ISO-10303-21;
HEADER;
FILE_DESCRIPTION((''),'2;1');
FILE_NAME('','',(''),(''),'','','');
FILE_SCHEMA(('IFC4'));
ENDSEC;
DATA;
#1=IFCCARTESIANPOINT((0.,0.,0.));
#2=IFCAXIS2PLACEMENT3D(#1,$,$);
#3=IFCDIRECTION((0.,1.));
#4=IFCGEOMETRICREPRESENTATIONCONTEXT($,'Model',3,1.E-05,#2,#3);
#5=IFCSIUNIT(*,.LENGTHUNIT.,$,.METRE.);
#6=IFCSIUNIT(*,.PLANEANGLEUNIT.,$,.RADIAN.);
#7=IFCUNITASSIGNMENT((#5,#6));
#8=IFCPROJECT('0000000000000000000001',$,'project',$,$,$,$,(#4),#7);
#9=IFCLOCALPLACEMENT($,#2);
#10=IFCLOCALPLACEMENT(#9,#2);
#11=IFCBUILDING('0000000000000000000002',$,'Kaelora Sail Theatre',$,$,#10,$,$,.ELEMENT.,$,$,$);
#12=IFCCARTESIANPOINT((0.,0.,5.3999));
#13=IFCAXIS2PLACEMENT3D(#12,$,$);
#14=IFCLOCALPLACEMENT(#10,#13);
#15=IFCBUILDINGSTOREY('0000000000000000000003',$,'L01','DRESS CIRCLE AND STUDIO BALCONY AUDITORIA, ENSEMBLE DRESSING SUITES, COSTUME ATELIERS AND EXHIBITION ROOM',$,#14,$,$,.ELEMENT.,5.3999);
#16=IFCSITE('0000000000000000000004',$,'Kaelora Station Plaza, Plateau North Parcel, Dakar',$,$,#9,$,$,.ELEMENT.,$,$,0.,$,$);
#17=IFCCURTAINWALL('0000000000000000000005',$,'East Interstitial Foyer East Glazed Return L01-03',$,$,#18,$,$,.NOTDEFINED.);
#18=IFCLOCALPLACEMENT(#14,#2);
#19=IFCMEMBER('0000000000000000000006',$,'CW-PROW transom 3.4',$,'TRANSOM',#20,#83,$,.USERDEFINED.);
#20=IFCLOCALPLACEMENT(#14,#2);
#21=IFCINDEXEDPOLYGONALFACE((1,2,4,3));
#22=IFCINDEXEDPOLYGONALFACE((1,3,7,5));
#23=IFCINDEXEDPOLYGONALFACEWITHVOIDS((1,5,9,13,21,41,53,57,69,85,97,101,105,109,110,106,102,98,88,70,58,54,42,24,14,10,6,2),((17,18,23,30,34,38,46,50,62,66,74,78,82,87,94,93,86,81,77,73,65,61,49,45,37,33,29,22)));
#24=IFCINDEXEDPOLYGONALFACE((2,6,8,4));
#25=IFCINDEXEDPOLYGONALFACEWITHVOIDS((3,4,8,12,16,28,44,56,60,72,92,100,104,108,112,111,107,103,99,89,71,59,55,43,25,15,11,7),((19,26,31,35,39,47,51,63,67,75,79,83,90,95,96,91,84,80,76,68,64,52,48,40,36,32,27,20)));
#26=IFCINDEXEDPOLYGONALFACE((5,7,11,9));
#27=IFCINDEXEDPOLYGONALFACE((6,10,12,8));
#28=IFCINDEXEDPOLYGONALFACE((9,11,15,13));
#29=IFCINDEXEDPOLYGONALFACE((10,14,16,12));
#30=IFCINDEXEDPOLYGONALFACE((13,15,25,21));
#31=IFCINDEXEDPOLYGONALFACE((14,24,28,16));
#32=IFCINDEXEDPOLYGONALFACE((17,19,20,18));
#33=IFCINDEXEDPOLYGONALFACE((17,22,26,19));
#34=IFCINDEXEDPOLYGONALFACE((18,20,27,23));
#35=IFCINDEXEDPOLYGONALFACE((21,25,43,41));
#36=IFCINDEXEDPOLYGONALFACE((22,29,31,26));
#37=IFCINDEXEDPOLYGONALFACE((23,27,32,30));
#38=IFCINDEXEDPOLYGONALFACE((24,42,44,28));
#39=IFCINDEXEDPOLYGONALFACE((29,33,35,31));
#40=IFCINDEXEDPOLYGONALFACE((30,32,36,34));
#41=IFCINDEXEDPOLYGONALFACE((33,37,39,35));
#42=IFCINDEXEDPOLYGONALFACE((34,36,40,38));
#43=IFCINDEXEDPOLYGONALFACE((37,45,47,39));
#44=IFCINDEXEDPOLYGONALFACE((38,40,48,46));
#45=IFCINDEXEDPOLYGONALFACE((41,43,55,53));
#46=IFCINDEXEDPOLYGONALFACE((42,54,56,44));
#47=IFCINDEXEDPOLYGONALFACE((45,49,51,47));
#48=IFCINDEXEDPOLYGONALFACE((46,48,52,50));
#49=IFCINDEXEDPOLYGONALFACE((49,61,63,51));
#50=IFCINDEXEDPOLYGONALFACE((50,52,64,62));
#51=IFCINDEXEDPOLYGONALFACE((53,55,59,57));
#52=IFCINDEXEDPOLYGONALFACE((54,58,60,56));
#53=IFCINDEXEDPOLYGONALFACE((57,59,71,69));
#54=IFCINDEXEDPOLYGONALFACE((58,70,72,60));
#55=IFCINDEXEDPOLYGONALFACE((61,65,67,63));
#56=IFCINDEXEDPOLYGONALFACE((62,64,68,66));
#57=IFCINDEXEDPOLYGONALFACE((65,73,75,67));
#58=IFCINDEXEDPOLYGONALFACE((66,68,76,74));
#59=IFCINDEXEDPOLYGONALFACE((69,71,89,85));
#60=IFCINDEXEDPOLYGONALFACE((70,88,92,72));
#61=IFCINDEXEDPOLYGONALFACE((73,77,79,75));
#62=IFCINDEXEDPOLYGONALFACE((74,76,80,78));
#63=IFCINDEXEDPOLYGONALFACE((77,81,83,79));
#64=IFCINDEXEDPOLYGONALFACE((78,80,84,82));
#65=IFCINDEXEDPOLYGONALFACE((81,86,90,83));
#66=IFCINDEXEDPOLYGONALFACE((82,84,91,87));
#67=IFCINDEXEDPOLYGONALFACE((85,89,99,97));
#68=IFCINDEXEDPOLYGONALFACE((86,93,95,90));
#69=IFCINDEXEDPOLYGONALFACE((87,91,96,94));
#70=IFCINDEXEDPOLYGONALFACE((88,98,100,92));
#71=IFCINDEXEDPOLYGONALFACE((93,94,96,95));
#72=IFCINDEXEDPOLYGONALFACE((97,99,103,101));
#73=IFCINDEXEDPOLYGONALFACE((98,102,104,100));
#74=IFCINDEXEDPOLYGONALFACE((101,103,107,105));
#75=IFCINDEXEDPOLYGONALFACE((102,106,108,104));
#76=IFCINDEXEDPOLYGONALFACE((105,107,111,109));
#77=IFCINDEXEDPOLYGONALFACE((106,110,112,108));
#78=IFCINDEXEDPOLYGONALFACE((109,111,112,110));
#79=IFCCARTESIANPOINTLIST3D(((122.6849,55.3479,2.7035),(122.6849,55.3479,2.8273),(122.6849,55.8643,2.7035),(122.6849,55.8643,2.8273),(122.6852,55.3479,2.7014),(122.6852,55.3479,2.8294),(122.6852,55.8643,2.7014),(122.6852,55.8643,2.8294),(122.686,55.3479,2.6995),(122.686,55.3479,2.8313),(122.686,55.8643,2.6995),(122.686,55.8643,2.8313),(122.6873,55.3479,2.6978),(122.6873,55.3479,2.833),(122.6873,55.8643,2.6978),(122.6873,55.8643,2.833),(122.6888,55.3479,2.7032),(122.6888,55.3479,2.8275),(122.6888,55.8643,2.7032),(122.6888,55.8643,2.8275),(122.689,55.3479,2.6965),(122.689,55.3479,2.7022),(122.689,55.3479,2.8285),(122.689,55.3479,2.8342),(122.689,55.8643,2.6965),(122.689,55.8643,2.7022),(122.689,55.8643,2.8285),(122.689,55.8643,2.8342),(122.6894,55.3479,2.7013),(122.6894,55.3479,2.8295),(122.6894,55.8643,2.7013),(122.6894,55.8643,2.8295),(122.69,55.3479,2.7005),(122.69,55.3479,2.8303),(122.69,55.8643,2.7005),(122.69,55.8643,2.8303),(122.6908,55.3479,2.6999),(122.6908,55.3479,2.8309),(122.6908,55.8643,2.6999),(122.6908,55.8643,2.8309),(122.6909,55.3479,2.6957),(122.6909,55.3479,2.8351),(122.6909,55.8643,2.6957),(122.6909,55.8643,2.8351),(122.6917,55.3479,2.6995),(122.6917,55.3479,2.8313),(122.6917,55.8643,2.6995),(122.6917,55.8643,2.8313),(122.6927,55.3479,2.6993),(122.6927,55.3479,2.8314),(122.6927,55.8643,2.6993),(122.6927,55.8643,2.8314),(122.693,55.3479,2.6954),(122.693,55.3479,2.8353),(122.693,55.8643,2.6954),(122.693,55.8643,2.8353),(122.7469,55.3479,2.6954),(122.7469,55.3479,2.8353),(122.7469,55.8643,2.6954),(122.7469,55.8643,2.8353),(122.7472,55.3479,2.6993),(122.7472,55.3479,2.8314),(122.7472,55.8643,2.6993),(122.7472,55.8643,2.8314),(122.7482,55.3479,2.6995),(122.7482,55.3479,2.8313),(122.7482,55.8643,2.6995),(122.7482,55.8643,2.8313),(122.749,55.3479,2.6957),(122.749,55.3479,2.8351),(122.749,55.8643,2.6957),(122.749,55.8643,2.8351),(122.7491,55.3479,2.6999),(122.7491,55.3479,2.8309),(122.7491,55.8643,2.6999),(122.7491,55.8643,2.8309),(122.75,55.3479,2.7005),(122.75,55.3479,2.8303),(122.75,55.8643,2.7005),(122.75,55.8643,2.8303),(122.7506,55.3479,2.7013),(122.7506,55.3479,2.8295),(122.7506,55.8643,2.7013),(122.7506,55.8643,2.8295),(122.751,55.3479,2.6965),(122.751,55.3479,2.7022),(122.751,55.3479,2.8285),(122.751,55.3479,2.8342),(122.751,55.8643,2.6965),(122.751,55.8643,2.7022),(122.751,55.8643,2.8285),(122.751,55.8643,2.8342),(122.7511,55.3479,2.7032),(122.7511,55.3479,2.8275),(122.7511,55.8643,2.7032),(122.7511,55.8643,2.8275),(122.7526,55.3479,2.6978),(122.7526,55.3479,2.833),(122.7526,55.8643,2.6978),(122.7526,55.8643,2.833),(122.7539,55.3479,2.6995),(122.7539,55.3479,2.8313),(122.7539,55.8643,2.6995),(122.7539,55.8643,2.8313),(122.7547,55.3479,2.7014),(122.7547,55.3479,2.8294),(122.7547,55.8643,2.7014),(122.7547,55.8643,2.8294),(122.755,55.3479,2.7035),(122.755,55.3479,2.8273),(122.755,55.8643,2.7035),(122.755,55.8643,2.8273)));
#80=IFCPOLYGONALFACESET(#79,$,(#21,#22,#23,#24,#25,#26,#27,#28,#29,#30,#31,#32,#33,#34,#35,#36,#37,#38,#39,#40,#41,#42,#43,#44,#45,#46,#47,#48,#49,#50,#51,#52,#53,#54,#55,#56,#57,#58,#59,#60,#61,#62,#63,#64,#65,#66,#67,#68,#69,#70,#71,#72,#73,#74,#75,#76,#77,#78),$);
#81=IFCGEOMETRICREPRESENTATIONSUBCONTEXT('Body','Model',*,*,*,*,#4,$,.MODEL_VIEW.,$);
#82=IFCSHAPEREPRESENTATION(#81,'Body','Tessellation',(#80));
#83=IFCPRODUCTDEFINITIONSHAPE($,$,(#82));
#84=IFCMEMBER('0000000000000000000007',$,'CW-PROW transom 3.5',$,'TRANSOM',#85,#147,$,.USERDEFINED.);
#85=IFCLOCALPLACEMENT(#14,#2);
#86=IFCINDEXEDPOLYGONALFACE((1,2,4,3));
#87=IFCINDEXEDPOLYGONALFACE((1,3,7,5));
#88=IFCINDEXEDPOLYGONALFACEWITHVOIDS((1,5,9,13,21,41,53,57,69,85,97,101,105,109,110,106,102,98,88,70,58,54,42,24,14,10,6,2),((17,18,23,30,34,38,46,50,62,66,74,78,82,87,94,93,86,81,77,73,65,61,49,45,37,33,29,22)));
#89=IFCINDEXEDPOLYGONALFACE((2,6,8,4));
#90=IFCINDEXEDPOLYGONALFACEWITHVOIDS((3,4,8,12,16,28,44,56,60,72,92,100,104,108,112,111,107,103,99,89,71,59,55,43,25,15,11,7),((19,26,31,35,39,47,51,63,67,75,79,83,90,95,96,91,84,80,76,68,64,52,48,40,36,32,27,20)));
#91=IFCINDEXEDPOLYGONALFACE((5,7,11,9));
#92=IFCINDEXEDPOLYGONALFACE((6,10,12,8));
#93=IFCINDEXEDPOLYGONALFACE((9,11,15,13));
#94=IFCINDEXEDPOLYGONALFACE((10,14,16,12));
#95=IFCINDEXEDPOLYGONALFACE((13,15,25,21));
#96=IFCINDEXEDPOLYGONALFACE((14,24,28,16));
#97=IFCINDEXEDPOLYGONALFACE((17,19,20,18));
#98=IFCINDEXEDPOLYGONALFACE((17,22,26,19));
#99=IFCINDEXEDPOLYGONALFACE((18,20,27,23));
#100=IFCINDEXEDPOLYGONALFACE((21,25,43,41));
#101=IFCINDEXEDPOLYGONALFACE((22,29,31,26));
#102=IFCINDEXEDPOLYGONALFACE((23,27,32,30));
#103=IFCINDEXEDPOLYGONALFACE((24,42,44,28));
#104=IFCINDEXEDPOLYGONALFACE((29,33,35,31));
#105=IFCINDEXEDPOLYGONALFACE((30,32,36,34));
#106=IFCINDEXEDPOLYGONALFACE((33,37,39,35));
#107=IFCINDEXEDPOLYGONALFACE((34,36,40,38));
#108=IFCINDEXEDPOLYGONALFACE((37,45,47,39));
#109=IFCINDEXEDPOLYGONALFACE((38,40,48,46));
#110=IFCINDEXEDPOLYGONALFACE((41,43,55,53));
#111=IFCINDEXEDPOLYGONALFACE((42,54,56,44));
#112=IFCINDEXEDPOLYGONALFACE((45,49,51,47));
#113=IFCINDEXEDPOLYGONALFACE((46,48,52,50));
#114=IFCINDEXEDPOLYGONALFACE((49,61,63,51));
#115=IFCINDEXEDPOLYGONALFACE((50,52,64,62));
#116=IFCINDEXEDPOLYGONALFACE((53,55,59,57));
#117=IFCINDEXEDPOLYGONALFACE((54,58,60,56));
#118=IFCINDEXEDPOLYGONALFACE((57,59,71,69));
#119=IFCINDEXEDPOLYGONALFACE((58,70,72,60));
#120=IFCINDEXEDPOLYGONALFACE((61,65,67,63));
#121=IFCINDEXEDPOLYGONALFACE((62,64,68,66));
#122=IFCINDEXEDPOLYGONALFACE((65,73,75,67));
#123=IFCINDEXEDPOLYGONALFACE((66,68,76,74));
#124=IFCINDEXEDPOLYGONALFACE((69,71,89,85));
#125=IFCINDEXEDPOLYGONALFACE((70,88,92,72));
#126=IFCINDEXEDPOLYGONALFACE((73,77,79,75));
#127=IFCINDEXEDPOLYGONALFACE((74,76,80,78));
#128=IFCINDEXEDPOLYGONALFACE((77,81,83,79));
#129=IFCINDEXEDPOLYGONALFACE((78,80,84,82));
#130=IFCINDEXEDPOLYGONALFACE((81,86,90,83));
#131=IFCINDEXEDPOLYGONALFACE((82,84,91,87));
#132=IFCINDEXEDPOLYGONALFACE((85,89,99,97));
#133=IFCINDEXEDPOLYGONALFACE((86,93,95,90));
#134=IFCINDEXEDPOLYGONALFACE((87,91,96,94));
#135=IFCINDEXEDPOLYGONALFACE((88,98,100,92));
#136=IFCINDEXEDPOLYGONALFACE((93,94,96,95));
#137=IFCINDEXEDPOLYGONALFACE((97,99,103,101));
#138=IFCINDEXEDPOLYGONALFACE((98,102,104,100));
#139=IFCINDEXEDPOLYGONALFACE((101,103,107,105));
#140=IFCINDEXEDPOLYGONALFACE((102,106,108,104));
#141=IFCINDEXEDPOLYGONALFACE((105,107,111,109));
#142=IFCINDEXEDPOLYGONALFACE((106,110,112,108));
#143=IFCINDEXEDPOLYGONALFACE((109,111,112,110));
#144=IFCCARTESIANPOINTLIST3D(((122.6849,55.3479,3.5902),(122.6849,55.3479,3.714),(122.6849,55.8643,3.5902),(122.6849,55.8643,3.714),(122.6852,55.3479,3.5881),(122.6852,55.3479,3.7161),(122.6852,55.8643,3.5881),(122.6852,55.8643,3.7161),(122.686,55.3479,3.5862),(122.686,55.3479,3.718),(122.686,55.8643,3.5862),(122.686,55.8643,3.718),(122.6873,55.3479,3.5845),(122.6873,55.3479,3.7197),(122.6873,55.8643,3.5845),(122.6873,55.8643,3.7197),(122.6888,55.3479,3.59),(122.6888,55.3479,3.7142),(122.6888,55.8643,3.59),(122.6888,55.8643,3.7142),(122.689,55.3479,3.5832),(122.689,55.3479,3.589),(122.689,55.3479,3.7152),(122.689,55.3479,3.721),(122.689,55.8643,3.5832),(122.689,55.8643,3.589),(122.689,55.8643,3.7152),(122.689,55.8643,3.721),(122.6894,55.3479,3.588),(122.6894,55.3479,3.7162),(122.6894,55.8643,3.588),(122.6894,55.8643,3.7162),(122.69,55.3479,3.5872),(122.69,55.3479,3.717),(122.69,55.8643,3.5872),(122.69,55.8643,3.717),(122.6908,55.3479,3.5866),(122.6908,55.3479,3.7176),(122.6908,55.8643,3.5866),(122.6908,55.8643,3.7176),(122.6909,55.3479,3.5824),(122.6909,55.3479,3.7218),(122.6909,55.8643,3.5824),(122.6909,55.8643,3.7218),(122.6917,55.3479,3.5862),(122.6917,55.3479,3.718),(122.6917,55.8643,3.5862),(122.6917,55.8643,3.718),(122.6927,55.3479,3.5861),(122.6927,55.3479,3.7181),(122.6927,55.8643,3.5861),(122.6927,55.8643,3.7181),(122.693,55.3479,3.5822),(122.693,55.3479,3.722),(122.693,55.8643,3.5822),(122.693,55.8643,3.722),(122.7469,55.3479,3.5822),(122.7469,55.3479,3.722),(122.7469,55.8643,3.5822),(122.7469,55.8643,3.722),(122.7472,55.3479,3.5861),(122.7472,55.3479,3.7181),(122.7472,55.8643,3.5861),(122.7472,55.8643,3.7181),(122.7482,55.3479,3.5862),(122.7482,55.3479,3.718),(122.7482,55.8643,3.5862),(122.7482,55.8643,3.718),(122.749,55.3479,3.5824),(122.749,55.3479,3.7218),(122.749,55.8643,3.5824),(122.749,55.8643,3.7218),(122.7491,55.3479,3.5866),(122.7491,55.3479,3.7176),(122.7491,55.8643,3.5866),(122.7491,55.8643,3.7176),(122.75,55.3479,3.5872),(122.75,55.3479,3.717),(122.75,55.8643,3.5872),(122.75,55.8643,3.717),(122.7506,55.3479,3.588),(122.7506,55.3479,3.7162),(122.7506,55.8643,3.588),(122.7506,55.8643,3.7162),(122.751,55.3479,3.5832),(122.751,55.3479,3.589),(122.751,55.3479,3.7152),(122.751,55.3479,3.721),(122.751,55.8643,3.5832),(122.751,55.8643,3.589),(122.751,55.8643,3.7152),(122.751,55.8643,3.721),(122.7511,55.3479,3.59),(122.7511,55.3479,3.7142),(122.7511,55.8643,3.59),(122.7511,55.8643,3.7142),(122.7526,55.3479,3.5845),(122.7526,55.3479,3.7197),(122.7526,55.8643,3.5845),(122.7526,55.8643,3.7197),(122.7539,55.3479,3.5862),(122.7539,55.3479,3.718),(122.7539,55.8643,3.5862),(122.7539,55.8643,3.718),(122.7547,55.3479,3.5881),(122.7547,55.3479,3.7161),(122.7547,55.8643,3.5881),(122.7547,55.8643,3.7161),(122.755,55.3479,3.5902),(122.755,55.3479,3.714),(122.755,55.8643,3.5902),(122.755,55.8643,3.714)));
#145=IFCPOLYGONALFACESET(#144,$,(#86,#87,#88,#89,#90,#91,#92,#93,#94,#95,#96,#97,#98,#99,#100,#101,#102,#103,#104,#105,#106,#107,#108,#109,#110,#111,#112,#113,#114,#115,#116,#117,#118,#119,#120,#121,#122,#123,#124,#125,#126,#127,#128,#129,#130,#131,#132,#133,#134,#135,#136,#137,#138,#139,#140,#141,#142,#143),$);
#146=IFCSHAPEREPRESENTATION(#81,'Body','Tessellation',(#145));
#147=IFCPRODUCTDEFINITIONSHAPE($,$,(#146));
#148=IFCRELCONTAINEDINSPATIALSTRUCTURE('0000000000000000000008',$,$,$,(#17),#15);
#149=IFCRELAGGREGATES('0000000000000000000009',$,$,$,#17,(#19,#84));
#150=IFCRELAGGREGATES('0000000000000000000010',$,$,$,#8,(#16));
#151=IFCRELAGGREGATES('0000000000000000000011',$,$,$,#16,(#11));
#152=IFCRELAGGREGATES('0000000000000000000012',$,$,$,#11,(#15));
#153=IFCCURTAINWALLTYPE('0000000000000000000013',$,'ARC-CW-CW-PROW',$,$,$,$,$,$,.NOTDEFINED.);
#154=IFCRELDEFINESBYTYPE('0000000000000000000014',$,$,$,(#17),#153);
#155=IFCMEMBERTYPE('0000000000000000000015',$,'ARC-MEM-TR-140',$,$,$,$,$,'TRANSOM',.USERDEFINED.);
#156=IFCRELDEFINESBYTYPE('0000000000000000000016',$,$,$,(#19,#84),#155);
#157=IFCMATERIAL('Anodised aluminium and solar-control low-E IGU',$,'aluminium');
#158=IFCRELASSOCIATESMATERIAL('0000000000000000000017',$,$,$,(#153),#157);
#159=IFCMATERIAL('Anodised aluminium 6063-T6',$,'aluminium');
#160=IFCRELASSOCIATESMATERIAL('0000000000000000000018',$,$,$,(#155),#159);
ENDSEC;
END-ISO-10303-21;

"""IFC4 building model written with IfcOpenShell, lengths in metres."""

from ifc_helpers import new_model, si_unit, direction, frame, origin, origin_2d, place, context, subcontext, project, spatial, hollow_rectangle, extrude, material, material_profile, profile_set, type_object, element, aggregate, save


model = new_model("IFC4")

# Units and contexts
model_context = context("Model", 3, precision=1e-05, world=origin(), true_north=direction((0.0, 1.0)))
body_context = subcontext(model_context, "Body", "Model", "MODEL_VIEW")
ifc_project = project(units=[si_unit("LENGTHUNIT", "METRE"), si_unit("PLANEANGLEUNIT", "RADIAN")], contexts=[model_context])

# Site, building, storey
site_placement = place(None, origin())
site = spatial("IfcSite", under=ifc_project, at=site_placement, Name="Kaelora Station Plaza, Plateau North Parcel, Dakar", CompositionType="ELEMENT", RefElevation=0.0)
building_placement = place(site_placement, origin())
building = spatial("IfcBuilding", under=site, at=building_placement, Name="Kaelora Sail Theatre", CompositionType="ELEMENT")
storey_placement = place(building_placement, frame((0.0, 0.0, 5.3999)))
storey = spatial("IfcBuildingStorey", under=building, at=storey_placement, Name="L01", Description="DRESS CIRCLE AND STUDIO BALCONY AUDITORIA, ENSEMBLE DRESSING SUITES, COSTUME ATELIERS AND EXHIBITION ROOM", CompositionType="ELEMENT", Elevation=5.3999)

# Curtain wall, members
ifc_material_1 = material(Name="Anodised aluminium and solar-control low-E IGU", Category="aluminium")
curtain_wall_type = type_object("IfcCurtainWallType", Name="ARC-CW-CW-PROW", PredefinedType="NOTDEFINED", material=ifc_material_1)
curtain_wall_placement = place(storey_placement, origin())
curtain_wall = element("IfcCurtainWall", 1, at=curtain_wall_placement, inside=storey, type_object=curtain_wall_type, Name="East Interstitial Foyer East Glazed Return L01-03", PredefinedType="NOTDEFINED")
ifc_material_2 = material(Name="Anodised aluminium 6063-T6", Category="aluminium")
ifc_material_profile_1 = material_profile(ifc_material_2, hollow_rectangle(XDim=0.0701, YDim=0.1399, WallThickness=0.0039, InnerFilletRadius=0.0039, OuterFilletRadius=0.0081, at=origin_2d()), Name="ALU-TRAN 70x140x4")
ifc_profile_set_1 = profile_set([ifc_material_profile_1], Name="Anodised aluminium 6063-T6")
member_type_1 = type_object("IfcMemberType", Name="ARC-MEM-TR-140", ElementType="TRANSOM", PredefinedType="USERDEFINED", material=ifc_profile_set_1)
member_1_placement = place(storey_placement, frame((122.72, 55.3479, 2.7654), z_axis=(0.0, 1.0, 0.0), x_axis=(-1.0, 0.0, 0.0)))
member_1 = element("IfcMember", 2, at=member_1_placement, type_object=member_type_1, Name="CW-PROW transom 3.4", ObjectType="TRANSOM", PredefinedType="USERDEFINED", context=body_context, shape_type="SweptSolid", body=[
    extrude(hollow_rectangle(XDim=0.0701, YDim=0.1399, WallThickness=0.0039, InnerFilletRadius=0.0039, OuterFilletRadius=0.0081, at=origin_2d()), origin(), (0.0, 0.0, 1.0), 0.5164),
])
member_2_placement = place(storey_placement, frame((122.72, 55.3479, 3.6521), z_axis=(0.0, 1.0, 0.0), x_axis=(-1.0, 0.0, 0.0)))
member_2 = element("IfcMember", 3, at=member_2_placement, type_object=member_type_1, Name="CW-PROW transom 3.5", ObjectType="TRANSOM", PredefinedType="USERDEFINED", context=body_context, shape_type="SweptSolid", body=[
    extrude(hollow_rectangle(XDim=0.0701, YDim=0.1399, WallThickness=0.0039, InnerFilletRadius=0.0039, OuterFilletRadius=0.0081, at=origin_2d()), origin(), (0.0, 0.0, 1.0), 0.5164),
])
aggregate(curtain_wall, [member_1, member_2])

save(model, "model.ifc")
